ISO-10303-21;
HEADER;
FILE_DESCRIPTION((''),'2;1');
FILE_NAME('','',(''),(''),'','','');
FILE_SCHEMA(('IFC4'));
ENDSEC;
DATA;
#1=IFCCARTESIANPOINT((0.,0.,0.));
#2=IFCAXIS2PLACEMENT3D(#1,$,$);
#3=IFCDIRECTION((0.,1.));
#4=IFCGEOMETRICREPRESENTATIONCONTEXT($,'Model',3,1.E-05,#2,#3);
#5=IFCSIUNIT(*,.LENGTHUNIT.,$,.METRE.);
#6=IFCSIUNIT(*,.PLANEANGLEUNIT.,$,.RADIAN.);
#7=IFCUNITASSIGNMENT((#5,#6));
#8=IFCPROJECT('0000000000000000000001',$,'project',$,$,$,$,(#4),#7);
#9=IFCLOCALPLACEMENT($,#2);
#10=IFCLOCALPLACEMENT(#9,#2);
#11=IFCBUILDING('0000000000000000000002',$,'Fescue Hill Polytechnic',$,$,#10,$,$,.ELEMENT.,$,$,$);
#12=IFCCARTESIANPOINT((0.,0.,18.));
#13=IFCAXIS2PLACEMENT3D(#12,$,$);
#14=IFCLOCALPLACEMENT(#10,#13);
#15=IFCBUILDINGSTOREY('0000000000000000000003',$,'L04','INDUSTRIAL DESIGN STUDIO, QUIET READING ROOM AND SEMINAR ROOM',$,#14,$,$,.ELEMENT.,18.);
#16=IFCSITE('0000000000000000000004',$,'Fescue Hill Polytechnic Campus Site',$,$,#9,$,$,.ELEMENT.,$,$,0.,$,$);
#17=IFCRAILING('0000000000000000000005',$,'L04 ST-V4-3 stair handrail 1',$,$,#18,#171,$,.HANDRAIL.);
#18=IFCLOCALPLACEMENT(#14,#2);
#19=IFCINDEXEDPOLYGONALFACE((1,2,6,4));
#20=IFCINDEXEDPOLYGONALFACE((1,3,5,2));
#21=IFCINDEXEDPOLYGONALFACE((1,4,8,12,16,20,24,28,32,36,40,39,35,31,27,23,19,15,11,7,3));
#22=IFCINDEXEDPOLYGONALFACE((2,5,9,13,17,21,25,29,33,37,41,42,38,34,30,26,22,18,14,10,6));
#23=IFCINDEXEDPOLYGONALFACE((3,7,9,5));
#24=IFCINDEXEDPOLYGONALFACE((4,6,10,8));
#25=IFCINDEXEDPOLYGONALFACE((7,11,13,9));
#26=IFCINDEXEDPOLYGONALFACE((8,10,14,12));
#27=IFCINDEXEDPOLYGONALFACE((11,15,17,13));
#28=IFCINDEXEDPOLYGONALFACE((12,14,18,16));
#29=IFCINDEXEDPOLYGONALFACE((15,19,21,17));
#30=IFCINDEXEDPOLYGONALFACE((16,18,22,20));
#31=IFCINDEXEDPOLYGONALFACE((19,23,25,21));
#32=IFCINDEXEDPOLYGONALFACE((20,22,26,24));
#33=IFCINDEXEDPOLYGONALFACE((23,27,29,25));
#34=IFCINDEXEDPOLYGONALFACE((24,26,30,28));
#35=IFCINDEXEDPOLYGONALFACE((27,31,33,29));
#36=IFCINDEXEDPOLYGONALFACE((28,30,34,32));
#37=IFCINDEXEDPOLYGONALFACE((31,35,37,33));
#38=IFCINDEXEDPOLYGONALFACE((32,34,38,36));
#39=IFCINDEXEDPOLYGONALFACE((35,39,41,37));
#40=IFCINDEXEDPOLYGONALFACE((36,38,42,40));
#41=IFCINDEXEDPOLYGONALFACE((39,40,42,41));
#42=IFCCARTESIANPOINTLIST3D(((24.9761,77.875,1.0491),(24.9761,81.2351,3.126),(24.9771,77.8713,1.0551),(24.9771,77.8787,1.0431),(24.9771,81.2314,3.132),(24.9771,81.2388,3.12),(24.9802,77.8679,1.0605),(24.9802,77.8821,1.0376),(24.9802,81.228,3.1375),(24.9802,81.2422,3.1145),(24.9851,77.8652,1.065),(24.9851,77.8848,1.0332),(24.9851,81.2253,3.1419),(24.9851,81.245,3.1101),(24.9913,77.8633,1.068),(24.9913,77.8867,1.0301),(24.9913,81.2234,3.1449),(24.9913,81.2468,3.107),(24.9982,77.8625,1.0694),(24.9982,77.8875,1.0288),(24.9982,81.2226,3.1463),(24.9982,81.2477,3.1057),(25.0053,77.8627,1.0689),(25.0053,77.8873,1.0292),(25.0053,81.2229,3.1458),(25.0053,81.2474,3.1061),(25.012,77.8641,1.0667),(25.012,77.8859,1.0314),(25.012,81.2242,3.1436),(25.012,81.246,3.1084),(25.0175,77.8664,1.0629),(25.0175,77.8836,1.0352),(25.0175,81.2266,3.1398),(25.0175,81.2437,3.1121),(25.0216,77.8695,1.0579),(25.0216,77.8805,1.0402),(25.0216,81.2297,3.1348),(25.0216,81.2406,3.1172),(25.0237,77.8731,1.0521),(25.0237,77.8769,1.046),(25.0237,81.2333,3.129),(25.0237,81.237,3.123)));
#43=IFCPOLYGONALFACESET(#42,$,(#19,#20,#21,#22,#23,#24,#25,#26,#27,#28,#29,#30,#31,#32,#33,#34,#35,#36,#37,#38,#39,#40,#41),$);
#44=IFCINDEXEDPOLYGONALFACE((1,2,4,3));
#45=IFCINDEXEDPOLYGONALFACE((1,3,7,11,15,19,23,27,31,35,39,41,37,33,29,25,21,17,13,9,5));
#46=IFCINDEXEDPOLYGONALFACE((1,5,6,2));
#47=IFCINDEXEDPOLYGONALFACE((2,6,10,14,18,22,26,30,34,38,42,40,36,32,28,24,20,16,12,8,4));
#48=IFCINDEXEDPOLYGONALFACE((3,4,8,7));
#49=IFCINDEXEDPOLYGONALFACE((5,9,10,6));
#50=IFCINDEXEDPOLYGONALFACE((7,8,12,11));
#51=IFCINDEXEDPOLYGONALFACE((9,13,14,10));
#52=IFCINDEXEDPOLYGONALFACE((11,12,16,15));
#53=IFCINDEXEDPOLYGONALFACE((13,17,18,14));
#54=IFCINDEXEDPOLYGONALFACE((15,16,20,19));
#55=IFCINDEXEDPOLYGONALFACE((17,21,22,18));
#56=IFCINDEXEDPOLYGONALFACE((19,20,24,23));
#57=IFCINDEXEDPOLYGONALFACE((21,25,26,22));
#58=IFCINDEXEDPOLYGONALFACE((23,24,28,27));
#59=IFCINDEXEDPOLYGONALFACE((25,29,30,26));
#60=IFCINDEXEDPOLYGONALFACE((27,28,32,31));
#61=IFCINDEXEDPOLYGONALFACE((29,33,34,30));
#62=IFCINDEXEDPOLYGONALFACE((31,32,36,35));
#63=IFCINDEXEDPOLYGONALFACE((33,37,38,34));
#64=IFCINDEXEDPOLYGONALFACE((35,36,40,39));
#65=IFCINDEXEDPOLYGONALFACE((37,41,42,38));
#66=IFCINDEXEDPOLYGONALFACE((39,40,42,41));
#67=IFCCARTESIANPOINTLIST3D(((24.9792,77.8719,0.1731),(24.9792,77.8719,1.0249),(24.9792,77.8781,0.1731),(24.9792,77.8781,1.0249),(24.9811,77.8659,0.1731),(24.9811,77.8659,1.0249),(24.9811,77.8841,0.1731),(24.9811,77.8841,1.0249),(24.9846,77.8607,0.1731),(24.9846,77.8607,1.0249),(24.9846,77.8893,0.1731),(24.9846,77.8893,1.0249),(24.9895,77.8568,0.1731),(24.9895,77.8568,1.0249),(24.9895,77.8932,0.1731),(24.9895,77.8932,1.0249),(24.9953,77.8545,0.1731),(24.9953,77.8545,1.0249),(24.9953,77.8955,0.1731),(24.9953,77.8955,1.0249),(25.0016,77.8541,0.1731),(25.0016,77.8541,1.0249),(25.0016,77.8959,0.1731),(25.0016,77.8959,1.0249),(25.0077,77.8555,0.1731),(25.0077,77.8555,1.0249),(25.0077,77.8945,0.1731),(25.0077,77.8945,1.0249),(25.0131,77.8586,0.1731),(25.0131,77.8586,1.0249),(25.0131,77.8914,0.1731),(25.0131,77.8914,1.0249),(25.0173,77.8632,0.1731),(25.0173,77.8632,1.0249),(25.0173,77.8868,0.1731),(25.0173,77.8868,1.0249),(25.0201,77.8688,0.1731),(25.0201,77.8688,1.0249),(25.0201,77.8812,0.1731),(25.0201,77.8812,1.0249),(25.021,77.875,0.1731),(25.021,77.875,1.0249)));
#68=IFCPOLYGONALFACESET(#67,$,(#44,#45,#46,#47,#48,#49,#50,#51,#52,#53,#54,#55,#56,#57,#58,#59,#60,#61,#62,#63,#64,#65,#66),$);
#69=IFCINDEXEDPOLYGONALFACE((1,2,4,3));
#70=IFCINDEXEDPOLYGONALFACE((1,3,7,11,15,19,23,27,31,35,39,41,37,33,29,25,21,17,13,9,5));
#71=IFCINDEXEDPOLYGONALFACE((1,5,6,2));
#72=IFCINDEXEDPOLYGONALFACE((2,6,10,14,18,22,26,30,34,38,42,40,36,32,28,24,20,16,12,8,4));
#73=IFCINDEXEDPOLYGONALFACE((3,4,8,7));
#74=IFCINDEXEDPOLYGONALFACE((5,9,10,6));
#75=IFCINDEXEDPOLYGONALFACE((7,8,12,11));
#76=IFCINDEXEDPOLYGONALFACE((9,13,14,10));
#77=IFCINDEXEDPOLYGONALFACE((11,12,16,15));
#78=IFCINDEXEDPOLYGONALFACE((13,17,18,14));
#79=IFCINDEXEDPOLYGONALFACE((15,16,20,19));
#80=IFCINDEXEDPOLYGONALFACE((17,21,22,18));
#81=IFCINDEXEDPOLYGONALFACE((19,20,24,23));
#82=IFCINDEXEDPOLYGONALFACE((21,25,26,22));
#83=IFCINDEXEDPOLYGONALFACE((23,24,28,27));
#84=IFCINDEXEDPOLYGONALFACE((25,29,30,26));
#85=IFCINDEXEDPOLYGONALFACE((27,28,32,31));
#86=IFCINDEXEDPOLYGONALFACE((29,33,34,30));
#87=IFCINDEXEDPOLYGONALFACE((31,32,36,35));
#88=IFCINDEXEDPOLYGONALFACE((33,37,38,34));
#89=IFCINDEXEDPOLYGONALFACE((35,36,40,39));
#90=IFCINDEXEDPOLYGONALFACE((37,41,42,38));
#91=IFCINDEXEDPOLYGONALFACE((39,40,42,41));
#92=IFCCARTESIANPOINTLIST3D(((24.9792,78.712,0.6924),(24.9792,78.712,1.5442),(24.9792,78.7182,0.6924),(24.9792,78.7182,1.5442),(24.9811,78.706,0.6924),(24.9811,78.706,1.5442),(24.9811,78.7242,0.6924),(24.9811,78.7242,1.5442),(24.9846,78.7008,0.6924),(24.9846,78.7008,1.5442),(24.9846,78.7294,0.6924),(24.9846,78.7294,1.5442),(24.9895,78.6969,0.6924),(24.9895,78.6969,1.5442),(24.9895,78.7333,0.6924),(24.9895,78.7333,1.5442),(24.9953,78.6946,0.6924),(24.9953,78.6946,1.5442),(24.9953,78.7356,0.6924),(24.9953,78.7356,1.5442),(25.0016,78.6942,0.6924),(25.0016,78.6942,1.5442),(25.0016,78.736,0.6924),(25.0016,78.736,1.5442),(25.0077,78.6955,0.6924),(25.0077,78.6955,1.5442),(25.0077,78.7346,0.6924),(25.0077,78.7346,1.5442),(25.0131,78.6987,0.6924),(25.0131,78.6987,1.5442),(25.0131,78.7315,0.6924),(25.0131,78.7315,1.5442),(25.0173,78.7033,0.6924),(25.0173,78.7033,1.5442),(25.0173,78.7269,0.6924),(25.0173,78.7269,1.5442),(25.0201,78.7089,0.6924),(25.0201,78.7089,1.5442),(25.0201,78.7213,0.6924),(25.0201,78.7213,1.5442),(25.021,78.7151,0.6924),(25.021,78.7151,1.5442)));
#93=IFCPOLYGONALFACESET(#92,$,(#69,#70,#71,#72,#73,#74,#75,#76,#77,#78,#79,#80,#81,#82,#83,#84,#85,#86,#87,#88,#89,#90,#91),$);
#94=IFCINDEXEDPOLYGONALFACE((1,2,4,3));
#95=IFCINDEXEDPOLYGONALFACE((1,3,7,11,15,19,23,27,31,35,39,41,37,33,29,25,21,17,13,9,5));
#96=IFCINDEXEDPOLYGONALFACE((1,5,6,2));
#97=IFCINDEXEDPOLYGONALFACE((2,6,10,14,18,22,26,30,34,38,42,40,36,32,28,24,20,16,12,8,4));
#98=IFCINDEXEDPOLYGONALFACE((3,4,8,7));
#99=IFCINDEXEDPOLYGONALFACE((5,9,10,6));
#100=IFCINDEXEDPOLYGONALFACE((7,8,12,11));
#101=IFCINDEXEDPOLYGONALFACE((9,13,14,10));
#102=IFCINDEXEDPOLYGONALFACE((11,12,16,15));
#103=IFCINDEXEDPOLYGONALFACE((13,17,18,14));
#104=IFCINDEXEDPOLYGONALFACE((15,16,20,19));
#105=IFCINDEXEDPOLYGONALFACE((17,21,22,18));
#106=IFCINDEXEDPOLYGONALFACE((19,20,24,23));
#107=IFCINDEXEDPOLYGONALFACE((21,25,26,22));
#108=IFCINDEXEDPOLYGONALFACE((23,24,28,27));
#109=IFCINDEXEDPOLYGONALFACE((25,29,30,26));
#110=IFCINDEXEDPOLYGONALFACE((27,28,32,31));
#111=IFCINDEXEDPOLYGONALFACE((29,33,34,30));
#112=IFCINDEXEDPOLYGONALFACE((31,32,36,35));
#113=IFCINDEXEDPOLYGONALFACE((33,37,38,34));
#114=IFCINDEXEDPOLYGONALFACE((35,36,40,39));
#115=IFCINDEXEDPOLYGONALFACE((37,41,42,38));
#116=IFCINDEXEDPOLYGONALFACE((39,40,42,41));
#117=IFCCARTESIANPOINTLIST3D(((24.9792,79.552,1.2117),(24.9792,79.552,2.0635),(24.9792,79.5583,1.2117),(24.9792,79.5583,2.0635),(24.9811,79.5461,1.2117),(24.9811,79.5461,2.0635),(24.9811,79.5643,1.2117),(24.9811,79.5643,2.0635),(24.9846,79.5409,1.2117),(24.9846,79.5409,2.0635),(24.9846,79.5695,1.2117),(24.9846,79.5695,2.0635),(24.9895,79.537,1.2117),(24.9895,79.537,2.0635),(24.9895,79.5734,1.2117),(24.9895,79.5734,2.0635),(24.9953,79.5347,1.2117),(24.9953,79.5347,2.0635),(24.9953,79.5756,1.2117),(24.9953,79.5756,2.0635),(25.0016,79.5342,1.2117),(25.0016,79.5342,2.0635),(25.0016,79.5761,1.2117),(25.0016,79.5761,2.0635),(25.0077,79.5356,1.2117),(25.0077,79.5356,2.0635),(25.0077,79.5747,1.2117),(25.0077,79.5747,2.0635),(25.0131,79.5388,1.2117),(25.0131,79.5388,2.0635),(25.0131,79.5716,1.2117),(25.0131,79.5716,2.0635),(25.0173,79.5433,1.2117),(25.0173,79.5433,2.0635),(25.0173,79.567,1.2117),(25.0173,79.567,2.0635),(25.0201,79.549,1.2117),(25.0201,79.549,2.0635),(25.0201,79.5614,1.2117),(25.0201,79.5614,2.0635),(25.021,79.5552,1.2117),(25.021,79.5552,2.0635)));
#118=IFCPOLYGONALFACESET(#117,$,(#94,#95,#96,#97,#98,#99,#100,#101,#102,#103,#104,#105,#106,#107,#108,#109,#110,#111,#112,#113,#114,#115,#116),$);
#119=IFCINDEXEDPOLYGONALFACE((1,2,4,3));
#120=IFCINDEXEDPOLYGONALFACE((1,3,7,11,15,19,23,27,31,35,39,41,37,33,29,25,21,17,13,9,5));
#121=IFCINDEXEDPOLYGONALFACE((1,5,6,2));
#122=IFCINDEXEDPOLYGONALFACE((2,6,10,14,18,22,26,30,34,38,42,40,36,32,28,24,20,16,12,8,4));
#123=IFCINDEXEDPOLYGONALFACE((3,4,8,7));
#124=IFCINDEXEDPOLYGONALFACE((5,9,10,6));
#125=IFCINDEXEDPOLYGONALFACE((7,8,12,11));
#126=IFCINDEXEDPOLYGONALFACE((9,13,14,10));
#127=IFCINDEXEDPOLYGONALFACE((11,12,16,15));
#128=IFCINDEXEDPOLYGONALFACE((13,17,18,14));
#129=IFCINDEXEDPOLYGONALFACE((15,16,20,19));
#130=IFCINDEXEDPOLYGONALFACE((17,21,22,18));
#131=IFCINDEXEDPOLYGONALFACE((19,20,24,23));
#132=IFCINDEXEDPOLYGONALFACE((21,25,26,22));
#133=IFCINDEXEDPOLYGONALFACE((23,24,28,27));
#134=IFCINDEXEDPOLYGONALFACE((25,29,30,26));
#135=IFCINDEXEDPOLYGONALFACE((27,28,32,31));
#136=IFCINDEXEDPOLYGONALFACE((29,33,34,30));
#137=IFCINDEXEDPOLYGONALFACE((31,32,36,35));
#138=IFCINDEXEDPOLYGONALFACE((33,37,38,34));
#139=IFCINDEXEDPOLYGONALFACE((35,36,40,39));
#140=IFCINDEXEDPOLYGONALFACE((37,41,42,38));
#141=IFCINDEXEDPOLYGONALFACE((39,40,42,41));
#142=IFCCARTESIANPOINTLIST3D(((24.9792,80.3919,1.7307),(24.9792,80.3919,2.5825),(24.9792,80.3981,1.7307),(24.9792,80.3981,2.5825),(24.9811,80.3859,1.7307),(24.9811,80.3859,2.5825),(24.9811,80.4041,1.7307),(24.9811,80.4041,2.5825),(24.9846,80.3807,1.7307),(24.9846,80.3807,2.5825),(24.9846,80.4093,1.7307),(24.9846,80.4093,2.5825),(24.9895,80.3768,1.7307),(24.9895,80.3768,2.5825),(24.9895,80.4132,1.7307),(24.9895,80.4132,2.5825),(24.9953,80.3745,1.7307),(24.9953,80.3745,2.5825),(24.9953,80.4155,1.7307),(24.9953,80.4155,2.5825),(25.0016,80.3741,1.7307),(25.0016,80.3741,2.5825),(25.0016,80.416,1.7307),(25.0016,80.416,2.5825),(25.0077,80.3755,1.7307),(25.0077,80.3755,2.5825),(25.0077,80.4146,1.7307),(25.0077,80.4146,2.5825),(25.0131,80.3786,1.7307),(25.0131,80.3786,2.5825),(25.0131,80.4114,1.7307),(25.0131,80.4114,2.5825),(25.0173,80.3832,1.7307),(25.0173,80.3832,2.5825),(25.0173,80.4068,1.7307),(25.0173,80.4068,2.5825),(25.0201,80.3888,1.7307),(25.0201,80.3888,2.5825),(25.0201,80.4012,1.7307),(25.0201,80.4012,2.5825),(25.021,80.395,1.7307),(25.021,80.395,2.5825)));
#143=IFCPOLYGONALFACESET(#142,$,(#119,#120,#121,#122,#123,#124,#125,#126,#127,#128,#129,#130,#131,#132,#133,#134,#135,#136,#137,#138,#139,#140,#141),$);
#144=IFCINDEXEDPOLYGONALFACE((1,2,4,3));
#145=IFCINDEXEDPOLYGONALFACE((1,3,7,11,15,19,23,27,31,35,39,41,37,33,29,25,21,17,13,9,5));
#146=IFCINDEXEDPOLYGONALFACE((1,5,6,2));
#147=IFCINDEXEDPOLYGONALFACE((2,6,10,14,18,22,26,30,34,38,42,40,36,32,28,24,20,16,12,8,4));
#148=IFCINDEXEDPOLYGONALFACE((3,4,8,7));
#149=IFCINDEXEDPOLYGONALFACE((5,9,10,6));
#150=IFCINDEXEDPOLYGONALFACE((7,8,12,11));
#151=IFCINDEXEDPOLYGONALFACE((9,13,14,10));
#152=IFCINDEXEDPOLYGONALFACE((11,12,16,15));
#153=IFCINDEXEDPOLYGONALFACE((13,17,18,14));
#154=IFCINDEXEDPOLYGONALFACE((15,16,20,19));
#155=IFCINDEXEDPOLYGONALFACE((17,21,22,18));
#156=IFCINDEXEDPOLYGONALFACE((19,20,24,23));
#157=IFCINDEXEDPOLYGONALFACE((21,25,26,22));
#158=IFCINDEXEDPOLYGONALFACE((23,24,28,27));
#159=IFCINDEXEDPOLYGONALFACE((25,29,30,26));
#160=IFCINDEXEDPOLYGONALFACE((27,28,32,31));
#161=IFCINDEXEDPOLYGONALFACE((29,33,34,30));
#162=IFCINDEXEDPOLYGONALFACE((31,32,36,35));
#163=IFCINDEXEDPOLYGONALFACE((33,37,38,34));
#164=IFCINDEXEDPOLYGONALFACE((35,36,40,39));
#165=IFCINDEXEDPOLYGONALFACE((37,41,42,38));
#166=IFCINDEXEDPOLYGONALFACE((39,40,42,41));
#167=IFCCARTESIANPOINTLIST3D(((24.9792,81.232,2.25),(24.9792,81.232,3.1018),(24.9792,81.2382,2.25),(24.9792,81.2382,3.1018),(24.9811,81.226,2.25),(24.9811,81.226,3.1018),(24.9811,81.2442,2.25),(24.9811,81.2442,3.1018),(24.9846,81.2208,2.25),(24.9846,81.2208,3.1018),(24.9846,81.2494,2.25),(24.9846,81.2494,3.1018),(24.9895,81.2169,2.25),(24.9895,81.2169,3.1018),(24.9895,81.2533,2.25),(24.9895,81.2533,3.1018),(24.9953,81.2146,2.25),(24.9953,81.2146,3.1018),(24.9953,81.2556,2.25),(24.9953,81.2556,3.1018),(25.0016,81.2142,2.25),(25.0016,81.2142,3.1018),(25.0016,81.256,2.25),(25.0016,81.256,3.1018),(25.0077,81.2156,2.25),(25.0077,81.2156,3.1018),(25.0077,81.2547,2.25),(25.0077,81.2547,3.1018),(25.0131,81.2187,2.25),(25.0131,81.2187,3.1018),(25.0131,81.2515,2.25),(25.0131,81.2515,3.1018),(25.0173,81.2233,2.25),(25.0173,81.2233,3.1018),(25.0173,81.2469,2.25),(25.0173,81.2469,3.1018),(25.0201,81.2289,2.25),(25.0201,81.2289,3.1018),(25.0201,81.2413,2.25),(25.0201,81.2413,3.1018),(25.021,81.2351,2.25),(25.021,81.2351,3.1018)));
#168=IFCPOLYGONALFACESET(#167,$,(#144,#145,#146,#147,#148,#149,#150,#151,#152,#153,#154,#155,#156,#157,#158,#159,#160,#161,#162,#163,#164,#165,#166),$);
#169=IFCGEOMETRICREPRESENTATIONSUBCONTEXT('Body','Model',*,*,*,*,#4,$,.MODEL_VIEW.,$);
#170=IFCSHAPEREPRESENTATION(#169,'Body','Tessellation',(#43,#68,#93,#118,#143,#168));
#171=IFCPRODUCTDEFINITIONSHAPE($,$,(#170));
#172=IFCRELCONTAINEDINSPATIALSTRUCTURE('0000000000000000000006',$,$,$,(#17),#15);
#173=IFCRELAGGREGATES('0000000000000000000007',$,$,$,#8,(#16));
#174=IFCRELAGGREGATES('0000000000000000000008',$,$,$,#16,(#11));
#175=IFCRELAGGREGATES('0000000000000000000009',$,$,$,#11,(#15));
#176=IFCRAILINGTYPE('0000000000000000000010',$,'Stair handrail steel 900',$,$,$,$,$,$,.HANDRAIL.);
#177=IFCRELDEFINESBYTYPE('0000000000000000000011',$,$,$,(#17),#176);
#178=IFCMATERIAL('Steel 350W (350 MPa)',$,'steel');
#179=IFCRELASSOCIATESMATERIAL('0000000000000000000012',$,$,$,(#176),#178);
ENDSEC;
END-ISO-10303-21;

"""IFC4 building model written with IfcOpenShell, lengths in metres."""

from ifc_helpers import new_model, si_unit, direction, frame, origin, origin_2d, place, context, subcontext, project, spatial, circle, extrude, material, type_object, element, save


model = new_model("IFC4")

# Units and contexts
model_context = context("Model", 3, precision=1e-05, world=origin(), true_north=direction((0.0, 1.0)))
body_context = subcontext(model_context, "Body", "Model", "MODEL_VIEW")
ifc_project = project(units=[si_unit("LENGTHUNIT", "METRE"), si_unit("PLANEANGLEUNIT", "RADIAN")], contexts=[model_context])

# Site, building, storey
site_placement = place(None, origin())
site = spatial("IfcSite", under=ifc_project, at=site_placement, Name="Fescue Hill Polytechnic Campus Site", CompositionType="ELEMENT", RefElevation=0.0)
building_placement = place(site_placement, origin())
building = spatial("IfcBuilding", under=site, at=building_placement, Name="Fescue Hill Polytechnic", CompositionType="ELEMENT")
storey_placement = place(building_placement, frame((0.0, 0.0, 18.0)))
storey = spatial("IfcBuildingStorey", under=building, at=storey_placement, Name="L04", Description="INDUSTRIAL DESIGN STUDIO, QUIET READING ROOM AND SEMINAR ROOM", CompositionType="ELEMENT", Elevation=18.0)

# Railing
ifc_material_1 = material(Name="Steel 350W (350 MPa)", Category="steel")
railing_type_1 = type_object("IfcRailingType", Name="Stair handrail steel 900", PredefinedType="HANDRAIL", material=ifc_material_1)
for number, where, name in (
    (1, (25.0, 77.875, 0.1731), "L04 ST-V4-3 stair handrail 1"),
):
    element("IfcRailing", number, at=place(storey_placement, frame(where)), inside=storey, type_object=railing_type_1, Name=name, PredefinedType="HANDRAIL", context=body_context, shape_type="SweptSolid", body=[
        extrude(circle(Radius=0.0239, at=origin_2d()), frame((0.0, 0.0, 0.876), z_axis=(0.0, 0.850623, 0.525776), x_axis=(-1.0, 0.0, 0.0)), (0.0, 0.0, 1.0), 3.9502),
        extrude(circle(Radius=0.021, at=origin_2d()), origin(), (0.0, 0.0, 1.0), 0.8518),
        extrude(circle(Radius=0.021, at=origin_2d()), frame((0.0, 0.8401, 0.5193)), (0.0, 0.0, 1.0), 0.8518),
        extrude(circle(Radius=0.021, at=origin_2d()), frame((0.0, 1.6802, 1.0386)), (0.0, 0.0, 1.0), 0.8518),
        extrude(circle(Radius=0.021, at=origin_2d()), frame((0.0, 2.52, 1.5576)), (0.0, 0.0, 1.0), 0.8518),
        extrude(circle(Radius=0.021, at=origin_2d()), frame((0.0, 3.3601, 2.0769)), (0.0, 0.0, 1.0), 0.8518),
    ])

save(model, "model.ifc")
